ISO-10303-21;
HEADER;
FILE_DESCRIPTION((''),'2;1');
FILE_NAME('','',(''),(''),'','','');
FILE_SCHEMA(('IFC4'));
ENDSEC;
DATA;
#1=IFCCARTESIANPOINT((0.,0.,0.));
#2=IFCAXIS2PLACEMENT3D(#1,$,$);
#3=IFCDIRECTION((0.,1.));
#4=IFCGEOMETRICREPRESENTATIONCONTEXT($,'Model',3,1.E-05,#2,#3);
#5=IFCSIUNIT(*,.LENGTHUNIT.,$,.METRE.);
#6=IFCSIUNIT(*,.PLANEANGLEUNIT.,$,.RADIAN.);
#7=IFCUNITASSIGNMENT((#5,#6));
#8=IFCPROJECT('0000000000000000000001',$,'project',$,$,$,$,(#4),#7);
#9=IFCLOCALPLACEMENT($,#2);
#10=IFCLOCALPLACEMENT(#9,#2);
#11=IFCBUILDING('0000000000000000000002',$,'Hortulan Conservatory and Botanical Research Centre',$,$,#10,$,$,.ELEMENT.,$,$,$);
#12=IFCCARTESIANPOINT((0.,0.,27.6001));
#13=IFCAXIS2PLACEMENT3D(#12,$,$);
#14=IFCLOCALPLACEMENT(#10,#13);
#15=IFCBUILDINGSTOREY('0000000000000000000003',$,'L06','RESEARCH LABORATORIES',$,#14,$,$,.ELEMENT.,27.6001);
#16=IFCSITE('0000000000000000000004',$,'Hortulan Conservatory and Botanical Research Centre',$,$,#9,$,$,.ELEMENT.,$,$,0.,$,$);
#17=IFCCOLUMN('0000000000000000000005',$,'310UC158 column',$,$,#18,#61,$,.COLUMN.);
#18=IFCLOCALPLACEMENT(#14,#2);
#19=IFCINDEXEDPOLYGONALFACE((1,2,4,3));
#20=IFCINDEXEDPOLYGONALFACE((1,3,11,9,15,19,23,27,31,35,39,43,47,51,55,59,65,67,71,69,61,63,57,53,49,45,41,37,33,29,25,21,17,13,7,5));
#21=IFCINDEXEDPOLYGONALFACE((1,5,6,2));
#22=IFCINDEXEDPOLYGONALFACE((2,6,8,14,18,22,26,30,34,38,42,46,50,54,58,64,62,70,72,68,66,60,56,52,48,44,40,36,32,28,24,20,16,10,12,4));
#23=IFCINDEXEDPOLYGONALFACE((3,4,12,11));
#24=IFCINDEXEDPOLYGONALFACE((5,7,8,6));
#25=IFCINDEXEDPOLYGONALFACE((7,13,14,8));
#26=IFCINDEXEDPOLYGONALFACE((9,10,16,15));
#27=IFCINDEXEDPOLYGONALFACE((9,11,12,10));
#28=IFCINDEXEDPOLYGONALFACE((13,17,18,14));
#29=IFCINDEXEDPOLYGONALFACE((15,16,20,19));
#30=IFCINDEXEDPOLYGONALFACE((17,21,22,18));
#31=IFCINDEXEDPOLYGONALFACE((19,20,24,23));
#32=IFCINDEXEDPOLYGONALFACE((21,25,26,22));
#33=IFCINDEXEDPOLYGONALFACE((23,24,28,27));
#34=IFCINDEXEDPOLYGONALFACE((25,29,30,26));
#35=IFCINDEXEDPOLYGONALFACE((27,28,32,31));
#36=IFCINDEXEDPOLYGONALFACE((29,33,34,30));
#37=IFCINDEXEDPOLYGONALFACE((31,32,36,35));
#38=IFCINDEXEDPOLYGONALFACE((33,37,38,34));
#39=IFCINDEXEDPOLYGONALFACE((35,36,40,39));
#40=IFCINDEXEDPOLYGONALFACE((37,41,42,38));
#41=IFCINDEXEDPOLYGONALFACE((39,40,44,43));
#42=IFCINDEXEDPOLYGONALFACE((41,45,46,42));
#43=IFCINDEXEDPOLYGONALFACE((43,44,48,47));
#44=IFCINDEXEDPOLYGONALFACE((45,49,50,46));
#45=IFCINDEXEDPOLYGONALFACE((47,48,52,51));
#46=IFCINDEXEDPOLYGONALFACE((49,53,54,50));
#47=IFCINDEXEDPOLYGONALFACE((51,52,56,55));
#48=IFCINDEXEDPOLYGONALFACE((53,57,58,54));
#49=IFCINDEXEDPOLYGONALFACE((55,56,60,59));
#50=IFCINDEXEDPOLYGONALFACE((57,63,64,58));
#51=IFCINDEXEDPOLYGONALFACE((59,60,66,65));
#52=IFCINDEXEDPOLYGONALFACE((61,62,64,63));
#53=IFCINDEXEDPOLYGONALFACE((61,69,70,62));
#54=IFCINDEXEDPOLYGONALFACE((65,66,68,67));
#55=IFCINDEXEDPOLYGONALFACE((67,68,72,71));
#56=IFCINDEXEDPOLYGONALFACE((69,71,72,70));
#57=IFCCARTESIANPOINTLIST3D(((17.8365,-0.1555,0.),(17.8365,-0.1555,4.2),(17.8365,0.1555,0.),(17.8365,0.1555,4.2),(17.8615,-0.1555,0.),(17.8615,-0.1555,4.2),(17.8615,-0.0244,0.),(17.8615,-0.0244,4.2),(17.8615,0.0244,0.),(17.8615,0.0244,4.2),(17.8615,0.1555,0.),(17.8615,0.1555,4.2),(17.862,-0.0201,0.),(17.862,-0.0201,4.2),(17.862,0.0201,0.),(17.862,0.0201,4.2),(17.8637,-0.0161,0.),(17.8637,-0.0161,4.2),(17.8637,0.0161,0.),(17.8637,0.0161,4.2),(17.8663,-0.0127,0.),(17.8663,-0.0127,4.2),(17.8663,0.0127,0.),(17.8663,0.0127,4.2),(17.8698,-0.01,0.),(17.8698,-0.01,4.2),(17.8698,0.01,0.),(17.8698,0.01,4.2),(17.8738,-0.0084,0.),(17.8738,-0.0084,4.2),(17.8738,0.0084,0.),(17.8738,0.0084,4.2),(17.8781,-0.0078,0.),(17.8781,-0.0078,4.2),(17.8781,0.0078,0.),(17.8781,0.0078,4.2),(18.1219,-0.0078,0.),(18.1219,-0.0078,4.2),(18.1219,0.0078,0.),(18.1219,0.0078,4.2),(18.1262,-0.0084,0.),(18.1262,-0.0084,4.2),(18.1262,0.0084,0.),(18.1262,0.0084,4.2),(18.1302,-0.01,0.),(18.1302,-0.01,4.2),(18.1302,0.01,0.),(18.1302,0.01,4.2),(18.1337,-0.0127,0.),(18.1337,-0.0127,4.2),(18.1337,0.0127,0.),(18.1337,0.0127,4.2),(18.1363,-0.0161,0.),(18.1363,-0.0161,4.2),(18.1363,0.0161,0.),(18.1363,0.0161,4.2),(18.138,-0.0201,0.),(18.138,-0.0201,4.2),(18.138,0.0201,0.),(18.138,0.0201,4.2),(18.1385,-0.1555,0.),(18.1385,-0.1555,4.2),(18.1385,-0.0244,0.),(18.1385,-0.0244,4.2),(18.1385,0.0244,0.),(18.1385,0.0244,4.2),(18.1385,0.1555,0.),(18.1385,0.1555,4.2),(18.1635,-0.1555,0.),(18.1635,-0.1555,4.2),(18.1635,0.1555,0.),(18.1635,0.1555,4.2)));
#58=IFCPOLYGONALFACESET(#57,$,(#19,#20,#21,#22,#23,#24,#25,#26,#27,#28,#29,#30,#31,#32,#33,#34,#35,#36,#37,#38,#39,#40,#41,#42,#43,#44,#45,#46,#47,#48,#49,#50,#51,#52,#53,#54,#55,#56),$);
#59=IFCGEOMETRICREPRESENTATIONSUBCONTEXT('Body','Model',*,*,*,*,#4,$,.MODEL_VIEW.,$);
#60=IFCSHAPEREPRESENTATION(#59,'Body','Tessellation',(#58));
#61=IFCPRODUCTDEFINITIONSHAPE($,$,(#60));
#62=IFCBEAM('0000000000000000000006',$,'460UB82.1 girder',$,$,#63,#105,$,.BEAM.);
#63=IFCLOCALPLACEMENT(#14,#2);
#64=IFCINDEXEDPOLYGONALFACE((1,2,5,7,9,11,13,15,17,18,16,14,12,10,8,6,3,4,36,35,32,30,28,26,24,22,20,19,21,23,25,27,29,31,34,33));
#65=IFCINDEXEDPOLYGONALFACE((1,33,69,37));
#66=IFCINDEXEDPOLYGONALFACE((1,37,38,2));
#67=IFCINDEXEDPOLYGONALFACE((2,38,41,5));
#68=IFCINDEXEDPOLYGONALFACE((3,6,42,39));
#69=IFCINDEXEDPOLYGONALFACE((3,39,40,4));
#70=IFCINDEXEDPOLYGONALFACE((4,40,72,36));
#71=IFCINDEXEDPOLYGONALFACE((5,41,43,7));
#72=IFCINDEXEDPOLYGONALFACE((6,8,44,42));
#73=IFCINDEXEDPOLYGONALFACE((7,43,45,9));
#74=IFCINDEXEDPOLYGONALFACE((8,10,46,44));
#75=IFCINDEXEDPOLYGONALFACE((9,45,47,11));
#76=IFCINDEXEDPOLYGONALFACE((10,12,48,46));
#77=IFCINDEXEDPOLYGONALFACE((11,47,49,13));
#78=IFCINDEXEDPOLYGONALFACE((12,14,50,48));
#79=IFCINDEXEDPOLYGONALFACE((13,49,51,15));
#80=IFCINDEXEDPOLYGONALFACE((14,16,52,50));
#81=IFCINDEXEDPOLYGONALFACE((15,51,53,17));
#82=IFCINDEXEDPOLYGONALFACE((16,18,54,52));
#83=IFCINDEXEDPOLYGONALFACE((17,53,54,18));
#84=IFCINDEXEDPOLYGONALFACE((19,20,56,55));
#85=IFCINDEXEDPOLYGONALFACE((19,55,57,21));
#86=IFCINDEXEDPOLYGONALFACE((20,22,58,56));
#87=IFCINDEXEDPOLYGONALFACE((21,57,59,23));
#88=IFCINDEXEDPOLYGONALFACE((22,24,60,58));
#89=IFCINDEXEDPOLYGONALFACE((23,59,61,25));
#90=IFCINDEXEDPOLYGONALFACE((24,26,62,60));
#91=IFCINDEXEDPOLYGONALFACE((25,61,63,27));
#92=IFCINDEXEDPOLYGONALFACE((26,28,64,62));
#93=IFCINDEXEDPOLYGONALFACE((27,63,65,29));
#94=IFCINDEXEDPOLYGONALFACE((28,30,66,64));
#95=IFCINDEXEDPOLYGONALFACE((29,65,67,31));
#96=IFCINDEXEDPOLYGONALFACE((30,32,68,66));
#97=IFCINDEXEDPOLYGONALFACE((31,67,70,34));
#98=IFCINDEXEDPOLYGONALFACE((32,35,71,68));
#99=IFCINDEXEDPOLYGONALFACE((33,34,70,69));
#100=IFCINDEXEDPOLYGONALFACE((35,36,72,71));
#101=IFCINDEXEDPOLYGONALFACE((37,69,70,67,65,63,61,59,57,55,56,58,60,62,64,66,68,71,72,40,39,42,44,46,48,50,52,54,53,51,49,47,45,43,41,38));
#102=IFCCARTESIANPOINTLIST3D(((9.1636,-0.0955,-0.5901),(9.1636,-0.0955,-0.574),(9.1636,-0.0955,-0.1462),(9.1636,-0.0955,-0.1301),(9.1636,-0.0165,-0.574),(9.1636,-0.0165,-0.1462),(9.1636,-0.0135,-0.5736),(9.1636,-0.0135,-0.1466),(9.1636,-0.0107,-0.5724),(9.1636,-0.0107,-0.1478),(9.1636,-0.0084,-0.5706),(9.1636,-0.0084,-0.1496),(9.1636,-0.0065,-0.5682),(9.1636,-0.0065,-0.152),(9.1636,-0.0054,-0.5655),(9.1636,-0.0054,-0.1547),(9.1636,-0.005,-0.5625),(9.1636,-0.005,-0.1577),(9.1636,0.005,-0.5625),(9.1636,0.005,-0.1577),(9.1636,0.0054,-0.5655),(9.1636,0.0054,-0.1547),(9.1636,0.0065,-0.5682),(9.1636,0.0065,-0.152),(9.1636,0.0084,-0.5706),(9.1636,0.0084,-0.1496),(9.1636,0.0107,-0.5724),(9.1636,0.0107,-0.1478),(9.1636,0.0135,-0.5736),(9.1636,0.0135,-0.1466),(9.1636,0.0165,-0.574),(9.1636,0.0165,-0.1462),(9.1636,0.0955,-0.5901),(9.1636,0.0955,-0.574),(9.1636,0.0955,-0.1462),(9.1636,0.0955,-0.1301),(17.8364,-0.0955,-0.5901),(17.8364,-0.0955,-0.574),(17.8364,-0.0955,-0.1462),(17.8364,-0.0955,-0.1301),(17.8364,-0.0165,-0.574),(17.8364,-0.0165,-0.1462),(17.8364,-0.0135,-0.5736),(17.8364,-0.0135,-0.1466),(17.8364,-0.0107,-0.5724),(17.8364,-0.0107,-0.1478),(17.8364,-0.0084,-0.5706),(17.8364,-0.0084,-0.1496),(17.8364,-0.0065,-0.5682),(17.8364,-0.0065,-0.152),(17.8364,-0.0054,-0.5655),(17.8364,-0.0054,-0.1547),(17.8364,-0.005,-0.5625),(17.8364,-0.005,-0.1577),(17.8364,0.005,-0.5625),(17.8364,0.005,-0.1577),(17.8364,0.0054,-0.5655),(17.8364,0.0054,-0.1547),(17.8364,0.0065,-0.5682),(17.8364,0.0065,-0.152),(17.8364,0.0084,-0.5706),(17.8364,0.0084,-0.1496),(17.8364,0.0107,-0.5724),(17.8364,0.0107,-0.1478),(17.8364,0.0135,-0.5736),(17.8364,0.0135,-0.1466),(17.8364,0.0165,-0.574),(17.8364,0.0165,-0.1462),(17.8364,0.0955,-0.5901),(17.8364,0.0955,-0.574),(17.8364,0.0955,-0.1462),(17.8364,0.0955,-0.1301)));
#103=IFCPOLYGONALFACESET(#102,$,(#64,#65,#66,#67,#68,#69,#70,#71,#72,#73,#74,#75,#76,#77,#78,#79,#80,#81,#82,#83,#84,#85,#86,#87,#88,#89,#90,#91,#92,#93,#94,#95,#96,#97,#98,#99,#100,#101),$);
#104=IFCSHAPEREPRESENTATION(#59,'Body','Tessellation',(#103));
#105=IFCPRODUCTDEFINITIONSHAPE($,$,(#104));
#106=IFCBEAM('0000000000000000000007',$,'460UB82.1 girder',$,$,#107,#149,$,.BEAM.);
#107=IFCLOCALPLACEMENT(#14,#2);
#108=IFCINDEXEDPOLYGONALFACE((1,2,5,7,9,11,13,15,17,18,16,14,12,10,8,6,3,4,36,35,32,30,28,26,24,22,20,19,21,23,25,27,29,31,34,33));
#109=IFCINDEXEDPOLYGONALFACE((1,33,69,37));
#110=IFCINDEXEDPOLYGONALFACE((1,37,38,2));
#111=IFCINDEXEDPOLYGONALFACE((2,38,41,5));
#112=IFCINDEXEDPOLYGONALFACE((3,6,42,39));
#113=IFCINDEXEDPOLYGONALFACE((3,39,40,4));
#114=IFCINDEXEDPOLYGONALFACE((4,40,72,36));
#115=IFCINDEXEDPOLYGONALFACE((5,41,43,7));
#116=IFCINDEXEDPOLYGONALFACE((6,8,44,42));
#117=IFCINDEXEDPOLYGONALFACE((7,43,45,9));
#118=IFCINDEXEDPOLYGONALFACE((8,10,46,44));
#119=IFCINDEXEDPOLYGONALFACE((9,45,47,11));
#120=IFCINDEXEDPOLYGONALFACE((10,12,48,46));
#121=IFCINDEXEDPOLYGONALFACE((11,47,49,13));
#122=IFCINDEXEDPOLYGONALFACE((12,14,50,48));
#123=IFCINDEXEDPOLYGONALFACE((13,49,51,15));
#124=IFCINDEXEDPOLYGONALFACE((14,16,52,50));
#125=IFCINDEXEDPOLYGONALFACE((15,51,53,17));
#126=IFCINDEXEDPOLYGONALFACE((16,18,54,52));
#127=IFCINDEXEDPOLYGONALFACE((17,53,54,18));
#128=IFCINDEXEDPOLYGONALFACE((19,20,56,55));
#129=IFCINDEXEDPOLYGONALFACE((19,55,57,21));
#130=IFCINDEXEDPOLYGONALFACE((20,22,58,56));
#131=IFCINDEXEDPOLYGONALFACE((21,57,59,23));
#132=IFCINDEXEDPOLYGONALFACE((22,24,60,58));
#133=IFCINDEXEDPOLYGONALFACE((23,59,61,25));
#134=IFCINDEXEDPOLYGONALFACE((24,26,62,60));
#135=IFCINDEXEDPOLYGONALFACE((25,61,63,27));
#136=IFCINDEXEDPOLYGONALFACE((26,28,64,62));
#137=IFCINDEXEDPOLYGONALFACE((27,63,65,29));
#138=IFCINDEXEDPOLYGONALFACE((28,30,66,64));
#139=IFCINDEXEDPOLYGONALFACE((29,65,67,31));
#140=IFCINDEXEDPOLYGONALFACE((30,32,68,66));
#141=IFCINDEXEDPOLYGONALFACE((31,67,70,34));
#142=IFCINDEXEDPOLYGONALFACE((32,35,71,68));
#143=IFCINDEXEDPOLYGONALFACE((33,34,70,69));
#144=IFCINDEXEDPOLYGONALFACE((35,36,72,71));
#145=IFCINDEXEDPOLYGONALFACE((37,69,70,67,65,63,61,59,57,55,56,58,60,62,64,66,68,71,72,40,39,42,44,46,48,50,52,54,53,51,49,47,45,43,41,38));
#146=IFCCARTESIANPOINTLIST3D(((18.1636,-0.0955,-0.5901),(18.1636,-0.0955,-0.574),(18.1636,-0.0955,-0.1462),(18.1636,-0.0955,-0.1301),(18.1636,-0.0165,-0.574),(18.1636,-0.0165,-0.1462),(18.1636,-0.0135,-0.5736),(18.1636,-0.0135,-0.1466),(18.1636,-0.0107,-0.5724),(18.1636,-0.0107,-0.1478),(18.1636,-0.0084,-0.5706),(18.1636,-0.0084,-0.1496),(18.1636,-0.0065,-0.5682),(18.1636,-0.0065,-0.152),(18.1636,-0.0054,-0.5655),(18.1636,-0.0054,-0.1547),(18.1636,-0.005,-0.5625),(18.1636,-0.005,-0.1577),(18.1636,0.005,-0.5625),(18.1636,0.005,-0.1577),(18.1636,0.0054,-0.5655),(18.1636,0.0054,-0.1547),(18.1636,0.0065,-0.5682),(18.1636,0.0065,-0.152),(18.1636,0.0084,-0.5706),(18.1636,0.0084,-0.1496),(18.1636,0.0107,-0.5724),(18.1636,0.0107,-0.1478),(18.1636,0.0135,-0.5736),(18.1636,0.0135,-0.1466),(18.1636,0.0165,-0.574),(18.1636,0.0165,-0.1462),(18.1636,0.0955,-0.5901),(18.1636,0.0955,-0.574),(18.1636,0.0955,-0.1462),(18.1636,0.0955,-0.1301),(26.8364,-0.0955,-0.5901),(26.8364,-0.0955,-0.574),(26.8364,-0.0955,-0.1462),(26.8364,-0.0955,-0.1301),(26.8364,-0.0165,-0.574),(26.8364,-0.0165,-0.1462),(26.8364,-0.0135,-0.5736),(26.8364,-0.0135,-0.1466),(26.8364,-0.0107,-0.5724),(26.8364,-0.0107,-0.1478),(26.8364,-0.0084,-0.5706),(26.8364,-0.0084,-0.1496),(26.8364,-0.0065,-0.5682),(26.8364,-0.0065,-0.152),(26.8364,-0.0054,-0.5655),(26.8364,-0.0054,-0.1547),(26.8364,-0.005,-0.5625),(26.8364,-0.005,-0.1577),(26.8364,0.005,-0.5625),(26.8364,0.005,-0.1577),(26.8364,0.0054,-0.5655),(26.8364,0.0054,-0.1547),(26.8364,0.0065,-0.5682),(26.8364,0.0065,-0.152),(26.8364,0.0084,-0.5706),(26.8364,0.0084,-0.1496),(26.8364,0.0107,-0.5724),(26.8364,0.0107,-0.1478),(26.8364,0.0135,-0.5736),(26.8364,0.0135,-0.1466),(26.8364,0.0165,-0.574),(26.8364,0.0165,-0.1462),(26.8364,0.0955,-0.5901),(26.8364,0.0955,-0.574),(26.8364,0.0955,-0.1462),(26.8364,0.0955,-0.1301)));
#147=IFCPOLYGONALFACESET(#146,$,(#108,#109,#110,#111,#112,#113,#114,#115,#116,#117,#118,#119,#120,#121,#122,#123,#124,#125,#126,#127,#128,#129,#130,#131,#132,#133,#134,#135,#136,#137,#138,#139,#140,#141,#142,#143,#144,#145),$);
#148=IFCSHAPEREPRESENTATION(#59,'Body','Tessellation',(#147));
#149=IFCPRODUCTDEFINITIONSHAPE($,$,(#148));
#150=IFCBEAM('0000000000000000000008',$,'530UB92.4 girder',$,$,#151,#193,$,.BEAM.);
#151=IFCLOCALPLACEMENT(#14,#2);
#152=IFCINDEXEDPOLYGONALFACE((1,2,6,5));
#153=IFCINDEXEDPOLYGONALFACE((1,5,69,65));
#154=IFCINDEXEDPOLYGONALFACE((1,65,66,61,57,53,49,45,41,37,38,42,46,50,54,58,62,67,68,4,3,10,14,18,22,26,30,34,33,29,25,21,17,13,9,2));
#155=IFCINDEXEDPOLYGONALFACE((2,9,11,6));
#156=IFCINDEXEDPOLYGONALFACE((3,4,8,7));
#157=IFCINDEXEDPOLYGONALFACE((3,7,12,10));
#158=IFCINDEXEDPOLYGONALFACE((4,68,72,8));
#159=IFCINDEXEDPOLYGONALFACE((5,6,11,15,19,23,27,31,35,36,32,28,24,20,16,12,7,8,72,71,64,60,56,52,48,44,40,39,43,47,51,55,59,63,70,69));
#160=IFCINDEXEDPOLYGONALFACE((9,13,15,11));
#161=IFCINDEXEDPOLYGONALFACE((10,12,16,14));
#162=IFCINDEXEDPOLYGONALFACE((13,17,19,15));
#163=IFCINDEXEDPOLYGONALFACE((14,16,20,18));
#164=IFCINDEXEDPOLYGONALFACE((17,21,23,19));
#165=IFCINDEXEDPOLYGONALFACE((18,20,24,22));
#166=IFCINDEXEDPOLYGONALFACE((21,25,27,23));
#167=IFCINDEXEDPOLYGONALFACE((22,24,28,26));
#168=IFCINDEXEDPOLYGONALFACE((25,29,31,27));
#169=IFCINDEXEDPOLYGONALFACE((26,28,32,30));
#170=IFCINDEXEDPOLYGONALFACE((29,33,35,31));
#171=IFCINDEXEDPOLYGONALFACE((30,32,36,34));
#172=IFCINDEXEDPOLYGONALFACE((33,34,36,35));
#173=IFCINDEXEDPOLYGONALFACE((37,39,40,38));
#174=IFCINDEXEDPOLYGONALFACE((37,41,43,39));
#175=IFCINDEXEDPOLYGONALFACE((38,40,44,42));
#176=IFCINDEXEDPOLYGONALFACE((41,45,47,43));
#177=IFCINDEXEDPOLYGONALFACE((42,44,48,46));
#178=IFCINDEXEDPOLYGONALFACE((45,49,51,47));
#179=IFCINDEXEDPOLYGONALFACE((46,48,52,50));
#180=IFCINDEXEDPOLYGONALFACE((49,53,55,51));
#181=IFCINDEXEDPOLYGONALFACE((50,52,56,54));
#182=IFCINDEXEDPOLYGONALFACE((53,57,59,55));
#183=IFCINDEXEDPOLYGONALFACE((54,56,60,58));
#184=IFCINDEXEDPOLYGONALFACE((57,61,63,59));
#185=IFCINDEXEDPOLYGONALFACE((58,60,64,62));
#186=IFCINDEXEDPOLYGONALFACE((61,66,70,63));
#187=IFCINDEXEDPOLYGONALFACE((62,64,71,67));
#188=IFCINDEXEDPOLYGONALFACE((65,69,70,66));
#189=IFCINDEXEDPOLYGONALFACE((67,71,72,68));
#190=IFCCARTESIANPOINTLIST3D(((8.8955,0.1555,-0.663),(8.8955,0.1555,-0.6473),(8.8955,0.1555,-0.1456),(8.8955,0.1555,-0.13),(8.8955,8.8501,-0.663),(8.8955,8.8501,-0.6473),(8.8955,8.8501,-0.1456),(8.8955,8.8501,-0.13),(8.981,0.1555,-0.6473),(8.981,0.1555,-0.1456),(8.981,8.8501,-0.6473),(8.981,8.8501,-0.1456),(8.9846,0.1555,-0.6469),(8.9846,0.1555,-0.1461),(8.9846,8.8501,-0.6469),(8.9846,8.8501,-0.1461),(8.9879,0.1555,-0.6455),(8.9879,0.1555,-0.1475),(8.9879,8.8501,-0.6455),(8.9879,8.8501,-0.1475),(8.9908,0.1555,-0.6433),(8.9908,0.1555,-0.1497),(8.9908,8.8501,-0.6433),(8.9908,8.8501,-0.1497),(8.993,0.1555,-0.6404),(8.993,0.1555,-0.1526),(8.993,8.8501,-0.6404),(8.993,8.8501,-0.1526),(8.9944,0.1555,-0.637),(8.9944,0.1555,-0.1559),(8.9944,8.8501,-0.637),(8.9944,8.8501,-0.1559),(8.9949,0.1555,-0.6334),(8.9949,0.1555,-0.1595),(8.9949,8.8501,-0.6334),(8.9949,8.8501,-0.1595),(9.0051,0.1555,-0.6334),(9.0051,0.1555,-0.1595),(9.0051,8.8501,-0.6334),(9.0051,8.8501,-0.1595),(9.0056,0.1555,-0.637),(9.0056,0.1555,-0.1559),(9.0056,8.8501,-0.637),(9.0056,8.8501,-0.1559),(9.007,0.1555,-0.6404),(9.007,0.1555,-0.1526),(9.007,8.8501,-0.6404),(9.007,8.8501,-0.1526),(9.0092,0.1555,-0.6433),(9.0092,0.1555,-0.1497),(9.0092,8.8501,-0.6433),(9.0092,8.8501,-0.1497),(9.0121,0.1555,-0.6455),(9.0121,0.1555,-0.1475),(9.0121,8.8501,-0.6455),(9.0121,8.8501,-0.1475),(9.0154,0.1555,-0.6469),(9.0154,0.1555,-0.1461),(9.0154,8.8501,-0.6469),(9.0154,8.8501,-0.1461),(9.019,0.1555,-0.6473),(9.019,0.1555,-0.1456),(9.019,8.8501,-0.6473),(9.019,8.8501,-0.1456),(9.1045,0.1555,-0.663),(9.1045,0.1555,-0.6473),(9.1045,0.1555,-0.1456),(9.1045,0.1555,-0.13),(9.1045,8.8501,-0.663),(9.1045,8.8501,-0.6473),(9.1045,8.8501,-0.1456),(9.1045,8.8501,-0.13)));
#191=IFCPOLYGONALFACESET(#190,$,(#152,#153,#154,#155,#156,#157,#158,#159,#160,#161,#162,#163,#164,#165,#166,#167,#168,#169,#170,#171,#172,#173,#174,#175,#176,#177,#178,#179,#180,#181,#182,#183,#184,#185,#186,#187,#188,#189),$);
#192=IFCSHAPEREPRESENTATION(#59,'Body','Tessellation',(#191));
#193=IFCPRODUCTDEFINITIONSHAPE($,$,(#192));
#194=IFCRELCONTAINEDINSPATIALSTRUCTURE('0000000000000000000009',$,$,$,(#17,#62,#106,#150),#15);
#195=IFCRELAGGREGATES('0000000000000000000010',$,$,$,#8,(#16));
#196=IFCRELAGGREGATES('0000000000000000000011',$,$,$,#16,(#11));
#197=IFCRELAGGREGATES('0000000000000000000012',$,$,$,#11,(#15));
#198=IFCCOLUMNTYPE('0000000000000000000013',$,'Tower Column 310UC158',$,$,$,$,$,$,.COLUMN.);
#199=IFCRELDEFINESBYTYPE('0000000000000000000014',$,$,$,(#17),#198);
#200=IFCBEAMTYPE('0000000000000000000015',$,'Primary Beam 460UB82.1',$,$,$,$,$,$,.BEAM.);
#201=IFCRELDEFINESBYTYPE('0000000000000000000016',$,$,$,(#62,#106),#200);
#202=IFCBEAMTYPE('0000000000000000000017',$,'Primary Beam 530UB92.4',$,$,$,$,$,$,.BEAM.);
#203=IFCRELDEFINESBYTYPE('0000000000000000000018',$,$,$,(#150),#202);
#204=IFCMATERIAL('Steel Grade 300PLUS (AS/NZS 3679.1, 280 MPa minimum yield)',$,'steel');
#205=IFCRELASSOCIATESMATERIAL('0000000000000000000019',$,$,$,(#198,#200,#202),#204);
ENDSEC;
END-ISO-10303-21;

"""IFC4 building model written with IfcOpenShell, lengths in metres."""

from ifc_helpers import new_model, si_unit, direction, frame, origin, origin_2d, place, context, subcontext, project, spatial, i_section, extrude, material, material_profile, profile_set, type_object, element, save


model = new_model("IFC4")

# Units and contexts
model_context = context("Model", 3, precision=1e-05, world=origin(), true_north=direction((0.0, 1.0)))
body_context = subcontext(model_context, "Body", "Model", "MODEL_VIEW")
ifc_project = project(units=[si_unit("LENGTHUNIT", "METRE"), si_unit("PLANEANGLEUNIT", "RADIAN")], contexts=[model_context])

# Site, building, storey
site_placement = place(None, origin())
site = spatial("IfcSite", under=ifc_project, at=site_placement, Name="Hortulan Conservatory and Botanical Research Centre", CompositionType="ELEMENT", RefElevation=0.0)
building_placement = place(site_placement, origin())
building = spatial("IfcBuilding", under=site, at=building_placement, Name="Hortulan Conservatory and Botanical Research Centre", CompositionType="ELEMENT")
storey_placement = place(building_placement, frame((0.0, 0.0, 27.6001)))
storey = spatial("IfcBuildingStorey", under=building, at=storey_placement, Name="L06", Description="RESEARCH LABORATORIES", CompositionType="ELEMENT", Elevation=27.6001)

# Column
ifc_material_1 = material(Name="Steel Grade 300PLUS (AS/NZS 3679.1, 280 MPa minimum yield)", Category="steel")
ifc_material_profile_1 = material_profile(ifc_material_1, i_section(OverallWidth=0.311, OverallDepth=0.3269, WebThickness=0.0156, FlangeThickness=0.0249, FilletRadius=0.0166, at=origin_2d()), Name="310UC158")
ifc_profile_set_1 = profile_set([ifc_material_profile_1], Name="Steel Grade 300PLUS (AS/NZS 3679.1, 280 MPa minimum yield)")
column_type = type_object("IfcColumnType", Name="Tower Column 310UC158", PredefinedType="COLUMN", material=ifc_profile_set_1)
column_placement = place(storey_placement, frame((18.0, 0.0, 0.0), z_axis=(0.0, 0.0, 1.0), x_axis=(0.0, 1.0, 0.0)))
element("IfcColumn", 1, at=column_placement, inside=storey, type_object=column_type, Name="310UC158 column", PredefinedType="COLUMN", context=body_context, shape_type="SweptSolid", body=[
    extrude(i_section(OverallWidth=0.311, OverallDepth=0.3269, WebThickness=0.0156, FlangeThickness=0.0249, FilletRadius=0.0166, at=origin_2d()), origin(), (0.0, 0.0, 1.0), 4.2),
])

# Beams
ifc_material_profile_2 = material_profile(ifc_material_1, i_section(OverallWidth=0.1909, OverallDepth=0.46, WebThickness=0.01, FlangeThickness=0.0161, FilletRadius=0.0115, at=origin_2d()), Name="460UB82.1")
ifc_profile_set_2 = profile_set([ifc_material_profile_2], Name="Steel Grade 300PLUS (AS/NZS 3679.1, 280 MPa minimum yield)")
beam_type_1 = type_object("IfcBeamType", Name="Primary Beam 460UB82.1", PredefinedType="BEAM", material=ifc_profile_set_2)
for number, where, z_axis, x_axis, name in (
    (2, (9.1636, 0.0, -0.3601), (1.0, 0.0, 0.0), (0.0, 1.0, 0.0), "460UB82.1 girder"),
    (3, (18.1636, 0.0, -0.3601), (1.0, 0.0, 0.0), (0.0, 1.0, 0.0), "460UB82.1 girder"),
):
    element("IfcBeam", number, at=place(storey_placement, frame(where, z_axis=z_axis, x_axis=x_axis)), inside=storey, type_object=beam_type_1, Name=name, PredefinedType="BEAM", context=body_context, shape_type="SweptSolid", body=[
        extrude(i_section(OverallWidth=0.1909, OverallDepth=0.46, WebThickness=0.01, FlangeThickness=0.0161, FilletRadius=0.0115, at=origin_2d()), origin(), (0.0, 0.0, 1.0), 8.6729),
    ])
ifc_material_profile_3 = material_profile(ifc_material_1, i_section(OverallWidth=0.209, OverallDepth=0.533, WebThickness=0.0103, FlangeThickness=0.0156, FilletRadius=0.0139, at=origin_2d()), Name="530UB92.4")
ifc_profile_set_3 = profile_set([ifc_material_profile_3], Name="Steel Grade 300PLUS (AS/NZS 3679.1, 280 MPa minimum yield)")
beam_type_2 = type_object("IfcBeamType", Name="Primary Beam 530UB92.4", PredefinedType="BEAM", material=ifc_profile_set_3)
beam_1_placement = place(storey_placement, frame((9.0, 0.1555, -0.3965), z_axis=(0.0, 1.0, 0.0), x_axis=(-1.0, 0.0, 0.0)))
element("IfcBeam", 4, at=beam_1_placement, inside=storey, type_object=beam_type_2, Name="530UB92.4 girder", PredefinedType="BEAM", context=body_context, shape_type="SweptSolid", body=[
    extrude(i_section(OverallWidth=0.209, OverallDepth=0.533, WebThickness=0.0103, FlangeThickness=0.0156, FilletRadius=0.0139, at=origin_2d()), origin(), (0.0, 0.0, 1.0), 8.6946),
])

save(model, "model.ifc")
